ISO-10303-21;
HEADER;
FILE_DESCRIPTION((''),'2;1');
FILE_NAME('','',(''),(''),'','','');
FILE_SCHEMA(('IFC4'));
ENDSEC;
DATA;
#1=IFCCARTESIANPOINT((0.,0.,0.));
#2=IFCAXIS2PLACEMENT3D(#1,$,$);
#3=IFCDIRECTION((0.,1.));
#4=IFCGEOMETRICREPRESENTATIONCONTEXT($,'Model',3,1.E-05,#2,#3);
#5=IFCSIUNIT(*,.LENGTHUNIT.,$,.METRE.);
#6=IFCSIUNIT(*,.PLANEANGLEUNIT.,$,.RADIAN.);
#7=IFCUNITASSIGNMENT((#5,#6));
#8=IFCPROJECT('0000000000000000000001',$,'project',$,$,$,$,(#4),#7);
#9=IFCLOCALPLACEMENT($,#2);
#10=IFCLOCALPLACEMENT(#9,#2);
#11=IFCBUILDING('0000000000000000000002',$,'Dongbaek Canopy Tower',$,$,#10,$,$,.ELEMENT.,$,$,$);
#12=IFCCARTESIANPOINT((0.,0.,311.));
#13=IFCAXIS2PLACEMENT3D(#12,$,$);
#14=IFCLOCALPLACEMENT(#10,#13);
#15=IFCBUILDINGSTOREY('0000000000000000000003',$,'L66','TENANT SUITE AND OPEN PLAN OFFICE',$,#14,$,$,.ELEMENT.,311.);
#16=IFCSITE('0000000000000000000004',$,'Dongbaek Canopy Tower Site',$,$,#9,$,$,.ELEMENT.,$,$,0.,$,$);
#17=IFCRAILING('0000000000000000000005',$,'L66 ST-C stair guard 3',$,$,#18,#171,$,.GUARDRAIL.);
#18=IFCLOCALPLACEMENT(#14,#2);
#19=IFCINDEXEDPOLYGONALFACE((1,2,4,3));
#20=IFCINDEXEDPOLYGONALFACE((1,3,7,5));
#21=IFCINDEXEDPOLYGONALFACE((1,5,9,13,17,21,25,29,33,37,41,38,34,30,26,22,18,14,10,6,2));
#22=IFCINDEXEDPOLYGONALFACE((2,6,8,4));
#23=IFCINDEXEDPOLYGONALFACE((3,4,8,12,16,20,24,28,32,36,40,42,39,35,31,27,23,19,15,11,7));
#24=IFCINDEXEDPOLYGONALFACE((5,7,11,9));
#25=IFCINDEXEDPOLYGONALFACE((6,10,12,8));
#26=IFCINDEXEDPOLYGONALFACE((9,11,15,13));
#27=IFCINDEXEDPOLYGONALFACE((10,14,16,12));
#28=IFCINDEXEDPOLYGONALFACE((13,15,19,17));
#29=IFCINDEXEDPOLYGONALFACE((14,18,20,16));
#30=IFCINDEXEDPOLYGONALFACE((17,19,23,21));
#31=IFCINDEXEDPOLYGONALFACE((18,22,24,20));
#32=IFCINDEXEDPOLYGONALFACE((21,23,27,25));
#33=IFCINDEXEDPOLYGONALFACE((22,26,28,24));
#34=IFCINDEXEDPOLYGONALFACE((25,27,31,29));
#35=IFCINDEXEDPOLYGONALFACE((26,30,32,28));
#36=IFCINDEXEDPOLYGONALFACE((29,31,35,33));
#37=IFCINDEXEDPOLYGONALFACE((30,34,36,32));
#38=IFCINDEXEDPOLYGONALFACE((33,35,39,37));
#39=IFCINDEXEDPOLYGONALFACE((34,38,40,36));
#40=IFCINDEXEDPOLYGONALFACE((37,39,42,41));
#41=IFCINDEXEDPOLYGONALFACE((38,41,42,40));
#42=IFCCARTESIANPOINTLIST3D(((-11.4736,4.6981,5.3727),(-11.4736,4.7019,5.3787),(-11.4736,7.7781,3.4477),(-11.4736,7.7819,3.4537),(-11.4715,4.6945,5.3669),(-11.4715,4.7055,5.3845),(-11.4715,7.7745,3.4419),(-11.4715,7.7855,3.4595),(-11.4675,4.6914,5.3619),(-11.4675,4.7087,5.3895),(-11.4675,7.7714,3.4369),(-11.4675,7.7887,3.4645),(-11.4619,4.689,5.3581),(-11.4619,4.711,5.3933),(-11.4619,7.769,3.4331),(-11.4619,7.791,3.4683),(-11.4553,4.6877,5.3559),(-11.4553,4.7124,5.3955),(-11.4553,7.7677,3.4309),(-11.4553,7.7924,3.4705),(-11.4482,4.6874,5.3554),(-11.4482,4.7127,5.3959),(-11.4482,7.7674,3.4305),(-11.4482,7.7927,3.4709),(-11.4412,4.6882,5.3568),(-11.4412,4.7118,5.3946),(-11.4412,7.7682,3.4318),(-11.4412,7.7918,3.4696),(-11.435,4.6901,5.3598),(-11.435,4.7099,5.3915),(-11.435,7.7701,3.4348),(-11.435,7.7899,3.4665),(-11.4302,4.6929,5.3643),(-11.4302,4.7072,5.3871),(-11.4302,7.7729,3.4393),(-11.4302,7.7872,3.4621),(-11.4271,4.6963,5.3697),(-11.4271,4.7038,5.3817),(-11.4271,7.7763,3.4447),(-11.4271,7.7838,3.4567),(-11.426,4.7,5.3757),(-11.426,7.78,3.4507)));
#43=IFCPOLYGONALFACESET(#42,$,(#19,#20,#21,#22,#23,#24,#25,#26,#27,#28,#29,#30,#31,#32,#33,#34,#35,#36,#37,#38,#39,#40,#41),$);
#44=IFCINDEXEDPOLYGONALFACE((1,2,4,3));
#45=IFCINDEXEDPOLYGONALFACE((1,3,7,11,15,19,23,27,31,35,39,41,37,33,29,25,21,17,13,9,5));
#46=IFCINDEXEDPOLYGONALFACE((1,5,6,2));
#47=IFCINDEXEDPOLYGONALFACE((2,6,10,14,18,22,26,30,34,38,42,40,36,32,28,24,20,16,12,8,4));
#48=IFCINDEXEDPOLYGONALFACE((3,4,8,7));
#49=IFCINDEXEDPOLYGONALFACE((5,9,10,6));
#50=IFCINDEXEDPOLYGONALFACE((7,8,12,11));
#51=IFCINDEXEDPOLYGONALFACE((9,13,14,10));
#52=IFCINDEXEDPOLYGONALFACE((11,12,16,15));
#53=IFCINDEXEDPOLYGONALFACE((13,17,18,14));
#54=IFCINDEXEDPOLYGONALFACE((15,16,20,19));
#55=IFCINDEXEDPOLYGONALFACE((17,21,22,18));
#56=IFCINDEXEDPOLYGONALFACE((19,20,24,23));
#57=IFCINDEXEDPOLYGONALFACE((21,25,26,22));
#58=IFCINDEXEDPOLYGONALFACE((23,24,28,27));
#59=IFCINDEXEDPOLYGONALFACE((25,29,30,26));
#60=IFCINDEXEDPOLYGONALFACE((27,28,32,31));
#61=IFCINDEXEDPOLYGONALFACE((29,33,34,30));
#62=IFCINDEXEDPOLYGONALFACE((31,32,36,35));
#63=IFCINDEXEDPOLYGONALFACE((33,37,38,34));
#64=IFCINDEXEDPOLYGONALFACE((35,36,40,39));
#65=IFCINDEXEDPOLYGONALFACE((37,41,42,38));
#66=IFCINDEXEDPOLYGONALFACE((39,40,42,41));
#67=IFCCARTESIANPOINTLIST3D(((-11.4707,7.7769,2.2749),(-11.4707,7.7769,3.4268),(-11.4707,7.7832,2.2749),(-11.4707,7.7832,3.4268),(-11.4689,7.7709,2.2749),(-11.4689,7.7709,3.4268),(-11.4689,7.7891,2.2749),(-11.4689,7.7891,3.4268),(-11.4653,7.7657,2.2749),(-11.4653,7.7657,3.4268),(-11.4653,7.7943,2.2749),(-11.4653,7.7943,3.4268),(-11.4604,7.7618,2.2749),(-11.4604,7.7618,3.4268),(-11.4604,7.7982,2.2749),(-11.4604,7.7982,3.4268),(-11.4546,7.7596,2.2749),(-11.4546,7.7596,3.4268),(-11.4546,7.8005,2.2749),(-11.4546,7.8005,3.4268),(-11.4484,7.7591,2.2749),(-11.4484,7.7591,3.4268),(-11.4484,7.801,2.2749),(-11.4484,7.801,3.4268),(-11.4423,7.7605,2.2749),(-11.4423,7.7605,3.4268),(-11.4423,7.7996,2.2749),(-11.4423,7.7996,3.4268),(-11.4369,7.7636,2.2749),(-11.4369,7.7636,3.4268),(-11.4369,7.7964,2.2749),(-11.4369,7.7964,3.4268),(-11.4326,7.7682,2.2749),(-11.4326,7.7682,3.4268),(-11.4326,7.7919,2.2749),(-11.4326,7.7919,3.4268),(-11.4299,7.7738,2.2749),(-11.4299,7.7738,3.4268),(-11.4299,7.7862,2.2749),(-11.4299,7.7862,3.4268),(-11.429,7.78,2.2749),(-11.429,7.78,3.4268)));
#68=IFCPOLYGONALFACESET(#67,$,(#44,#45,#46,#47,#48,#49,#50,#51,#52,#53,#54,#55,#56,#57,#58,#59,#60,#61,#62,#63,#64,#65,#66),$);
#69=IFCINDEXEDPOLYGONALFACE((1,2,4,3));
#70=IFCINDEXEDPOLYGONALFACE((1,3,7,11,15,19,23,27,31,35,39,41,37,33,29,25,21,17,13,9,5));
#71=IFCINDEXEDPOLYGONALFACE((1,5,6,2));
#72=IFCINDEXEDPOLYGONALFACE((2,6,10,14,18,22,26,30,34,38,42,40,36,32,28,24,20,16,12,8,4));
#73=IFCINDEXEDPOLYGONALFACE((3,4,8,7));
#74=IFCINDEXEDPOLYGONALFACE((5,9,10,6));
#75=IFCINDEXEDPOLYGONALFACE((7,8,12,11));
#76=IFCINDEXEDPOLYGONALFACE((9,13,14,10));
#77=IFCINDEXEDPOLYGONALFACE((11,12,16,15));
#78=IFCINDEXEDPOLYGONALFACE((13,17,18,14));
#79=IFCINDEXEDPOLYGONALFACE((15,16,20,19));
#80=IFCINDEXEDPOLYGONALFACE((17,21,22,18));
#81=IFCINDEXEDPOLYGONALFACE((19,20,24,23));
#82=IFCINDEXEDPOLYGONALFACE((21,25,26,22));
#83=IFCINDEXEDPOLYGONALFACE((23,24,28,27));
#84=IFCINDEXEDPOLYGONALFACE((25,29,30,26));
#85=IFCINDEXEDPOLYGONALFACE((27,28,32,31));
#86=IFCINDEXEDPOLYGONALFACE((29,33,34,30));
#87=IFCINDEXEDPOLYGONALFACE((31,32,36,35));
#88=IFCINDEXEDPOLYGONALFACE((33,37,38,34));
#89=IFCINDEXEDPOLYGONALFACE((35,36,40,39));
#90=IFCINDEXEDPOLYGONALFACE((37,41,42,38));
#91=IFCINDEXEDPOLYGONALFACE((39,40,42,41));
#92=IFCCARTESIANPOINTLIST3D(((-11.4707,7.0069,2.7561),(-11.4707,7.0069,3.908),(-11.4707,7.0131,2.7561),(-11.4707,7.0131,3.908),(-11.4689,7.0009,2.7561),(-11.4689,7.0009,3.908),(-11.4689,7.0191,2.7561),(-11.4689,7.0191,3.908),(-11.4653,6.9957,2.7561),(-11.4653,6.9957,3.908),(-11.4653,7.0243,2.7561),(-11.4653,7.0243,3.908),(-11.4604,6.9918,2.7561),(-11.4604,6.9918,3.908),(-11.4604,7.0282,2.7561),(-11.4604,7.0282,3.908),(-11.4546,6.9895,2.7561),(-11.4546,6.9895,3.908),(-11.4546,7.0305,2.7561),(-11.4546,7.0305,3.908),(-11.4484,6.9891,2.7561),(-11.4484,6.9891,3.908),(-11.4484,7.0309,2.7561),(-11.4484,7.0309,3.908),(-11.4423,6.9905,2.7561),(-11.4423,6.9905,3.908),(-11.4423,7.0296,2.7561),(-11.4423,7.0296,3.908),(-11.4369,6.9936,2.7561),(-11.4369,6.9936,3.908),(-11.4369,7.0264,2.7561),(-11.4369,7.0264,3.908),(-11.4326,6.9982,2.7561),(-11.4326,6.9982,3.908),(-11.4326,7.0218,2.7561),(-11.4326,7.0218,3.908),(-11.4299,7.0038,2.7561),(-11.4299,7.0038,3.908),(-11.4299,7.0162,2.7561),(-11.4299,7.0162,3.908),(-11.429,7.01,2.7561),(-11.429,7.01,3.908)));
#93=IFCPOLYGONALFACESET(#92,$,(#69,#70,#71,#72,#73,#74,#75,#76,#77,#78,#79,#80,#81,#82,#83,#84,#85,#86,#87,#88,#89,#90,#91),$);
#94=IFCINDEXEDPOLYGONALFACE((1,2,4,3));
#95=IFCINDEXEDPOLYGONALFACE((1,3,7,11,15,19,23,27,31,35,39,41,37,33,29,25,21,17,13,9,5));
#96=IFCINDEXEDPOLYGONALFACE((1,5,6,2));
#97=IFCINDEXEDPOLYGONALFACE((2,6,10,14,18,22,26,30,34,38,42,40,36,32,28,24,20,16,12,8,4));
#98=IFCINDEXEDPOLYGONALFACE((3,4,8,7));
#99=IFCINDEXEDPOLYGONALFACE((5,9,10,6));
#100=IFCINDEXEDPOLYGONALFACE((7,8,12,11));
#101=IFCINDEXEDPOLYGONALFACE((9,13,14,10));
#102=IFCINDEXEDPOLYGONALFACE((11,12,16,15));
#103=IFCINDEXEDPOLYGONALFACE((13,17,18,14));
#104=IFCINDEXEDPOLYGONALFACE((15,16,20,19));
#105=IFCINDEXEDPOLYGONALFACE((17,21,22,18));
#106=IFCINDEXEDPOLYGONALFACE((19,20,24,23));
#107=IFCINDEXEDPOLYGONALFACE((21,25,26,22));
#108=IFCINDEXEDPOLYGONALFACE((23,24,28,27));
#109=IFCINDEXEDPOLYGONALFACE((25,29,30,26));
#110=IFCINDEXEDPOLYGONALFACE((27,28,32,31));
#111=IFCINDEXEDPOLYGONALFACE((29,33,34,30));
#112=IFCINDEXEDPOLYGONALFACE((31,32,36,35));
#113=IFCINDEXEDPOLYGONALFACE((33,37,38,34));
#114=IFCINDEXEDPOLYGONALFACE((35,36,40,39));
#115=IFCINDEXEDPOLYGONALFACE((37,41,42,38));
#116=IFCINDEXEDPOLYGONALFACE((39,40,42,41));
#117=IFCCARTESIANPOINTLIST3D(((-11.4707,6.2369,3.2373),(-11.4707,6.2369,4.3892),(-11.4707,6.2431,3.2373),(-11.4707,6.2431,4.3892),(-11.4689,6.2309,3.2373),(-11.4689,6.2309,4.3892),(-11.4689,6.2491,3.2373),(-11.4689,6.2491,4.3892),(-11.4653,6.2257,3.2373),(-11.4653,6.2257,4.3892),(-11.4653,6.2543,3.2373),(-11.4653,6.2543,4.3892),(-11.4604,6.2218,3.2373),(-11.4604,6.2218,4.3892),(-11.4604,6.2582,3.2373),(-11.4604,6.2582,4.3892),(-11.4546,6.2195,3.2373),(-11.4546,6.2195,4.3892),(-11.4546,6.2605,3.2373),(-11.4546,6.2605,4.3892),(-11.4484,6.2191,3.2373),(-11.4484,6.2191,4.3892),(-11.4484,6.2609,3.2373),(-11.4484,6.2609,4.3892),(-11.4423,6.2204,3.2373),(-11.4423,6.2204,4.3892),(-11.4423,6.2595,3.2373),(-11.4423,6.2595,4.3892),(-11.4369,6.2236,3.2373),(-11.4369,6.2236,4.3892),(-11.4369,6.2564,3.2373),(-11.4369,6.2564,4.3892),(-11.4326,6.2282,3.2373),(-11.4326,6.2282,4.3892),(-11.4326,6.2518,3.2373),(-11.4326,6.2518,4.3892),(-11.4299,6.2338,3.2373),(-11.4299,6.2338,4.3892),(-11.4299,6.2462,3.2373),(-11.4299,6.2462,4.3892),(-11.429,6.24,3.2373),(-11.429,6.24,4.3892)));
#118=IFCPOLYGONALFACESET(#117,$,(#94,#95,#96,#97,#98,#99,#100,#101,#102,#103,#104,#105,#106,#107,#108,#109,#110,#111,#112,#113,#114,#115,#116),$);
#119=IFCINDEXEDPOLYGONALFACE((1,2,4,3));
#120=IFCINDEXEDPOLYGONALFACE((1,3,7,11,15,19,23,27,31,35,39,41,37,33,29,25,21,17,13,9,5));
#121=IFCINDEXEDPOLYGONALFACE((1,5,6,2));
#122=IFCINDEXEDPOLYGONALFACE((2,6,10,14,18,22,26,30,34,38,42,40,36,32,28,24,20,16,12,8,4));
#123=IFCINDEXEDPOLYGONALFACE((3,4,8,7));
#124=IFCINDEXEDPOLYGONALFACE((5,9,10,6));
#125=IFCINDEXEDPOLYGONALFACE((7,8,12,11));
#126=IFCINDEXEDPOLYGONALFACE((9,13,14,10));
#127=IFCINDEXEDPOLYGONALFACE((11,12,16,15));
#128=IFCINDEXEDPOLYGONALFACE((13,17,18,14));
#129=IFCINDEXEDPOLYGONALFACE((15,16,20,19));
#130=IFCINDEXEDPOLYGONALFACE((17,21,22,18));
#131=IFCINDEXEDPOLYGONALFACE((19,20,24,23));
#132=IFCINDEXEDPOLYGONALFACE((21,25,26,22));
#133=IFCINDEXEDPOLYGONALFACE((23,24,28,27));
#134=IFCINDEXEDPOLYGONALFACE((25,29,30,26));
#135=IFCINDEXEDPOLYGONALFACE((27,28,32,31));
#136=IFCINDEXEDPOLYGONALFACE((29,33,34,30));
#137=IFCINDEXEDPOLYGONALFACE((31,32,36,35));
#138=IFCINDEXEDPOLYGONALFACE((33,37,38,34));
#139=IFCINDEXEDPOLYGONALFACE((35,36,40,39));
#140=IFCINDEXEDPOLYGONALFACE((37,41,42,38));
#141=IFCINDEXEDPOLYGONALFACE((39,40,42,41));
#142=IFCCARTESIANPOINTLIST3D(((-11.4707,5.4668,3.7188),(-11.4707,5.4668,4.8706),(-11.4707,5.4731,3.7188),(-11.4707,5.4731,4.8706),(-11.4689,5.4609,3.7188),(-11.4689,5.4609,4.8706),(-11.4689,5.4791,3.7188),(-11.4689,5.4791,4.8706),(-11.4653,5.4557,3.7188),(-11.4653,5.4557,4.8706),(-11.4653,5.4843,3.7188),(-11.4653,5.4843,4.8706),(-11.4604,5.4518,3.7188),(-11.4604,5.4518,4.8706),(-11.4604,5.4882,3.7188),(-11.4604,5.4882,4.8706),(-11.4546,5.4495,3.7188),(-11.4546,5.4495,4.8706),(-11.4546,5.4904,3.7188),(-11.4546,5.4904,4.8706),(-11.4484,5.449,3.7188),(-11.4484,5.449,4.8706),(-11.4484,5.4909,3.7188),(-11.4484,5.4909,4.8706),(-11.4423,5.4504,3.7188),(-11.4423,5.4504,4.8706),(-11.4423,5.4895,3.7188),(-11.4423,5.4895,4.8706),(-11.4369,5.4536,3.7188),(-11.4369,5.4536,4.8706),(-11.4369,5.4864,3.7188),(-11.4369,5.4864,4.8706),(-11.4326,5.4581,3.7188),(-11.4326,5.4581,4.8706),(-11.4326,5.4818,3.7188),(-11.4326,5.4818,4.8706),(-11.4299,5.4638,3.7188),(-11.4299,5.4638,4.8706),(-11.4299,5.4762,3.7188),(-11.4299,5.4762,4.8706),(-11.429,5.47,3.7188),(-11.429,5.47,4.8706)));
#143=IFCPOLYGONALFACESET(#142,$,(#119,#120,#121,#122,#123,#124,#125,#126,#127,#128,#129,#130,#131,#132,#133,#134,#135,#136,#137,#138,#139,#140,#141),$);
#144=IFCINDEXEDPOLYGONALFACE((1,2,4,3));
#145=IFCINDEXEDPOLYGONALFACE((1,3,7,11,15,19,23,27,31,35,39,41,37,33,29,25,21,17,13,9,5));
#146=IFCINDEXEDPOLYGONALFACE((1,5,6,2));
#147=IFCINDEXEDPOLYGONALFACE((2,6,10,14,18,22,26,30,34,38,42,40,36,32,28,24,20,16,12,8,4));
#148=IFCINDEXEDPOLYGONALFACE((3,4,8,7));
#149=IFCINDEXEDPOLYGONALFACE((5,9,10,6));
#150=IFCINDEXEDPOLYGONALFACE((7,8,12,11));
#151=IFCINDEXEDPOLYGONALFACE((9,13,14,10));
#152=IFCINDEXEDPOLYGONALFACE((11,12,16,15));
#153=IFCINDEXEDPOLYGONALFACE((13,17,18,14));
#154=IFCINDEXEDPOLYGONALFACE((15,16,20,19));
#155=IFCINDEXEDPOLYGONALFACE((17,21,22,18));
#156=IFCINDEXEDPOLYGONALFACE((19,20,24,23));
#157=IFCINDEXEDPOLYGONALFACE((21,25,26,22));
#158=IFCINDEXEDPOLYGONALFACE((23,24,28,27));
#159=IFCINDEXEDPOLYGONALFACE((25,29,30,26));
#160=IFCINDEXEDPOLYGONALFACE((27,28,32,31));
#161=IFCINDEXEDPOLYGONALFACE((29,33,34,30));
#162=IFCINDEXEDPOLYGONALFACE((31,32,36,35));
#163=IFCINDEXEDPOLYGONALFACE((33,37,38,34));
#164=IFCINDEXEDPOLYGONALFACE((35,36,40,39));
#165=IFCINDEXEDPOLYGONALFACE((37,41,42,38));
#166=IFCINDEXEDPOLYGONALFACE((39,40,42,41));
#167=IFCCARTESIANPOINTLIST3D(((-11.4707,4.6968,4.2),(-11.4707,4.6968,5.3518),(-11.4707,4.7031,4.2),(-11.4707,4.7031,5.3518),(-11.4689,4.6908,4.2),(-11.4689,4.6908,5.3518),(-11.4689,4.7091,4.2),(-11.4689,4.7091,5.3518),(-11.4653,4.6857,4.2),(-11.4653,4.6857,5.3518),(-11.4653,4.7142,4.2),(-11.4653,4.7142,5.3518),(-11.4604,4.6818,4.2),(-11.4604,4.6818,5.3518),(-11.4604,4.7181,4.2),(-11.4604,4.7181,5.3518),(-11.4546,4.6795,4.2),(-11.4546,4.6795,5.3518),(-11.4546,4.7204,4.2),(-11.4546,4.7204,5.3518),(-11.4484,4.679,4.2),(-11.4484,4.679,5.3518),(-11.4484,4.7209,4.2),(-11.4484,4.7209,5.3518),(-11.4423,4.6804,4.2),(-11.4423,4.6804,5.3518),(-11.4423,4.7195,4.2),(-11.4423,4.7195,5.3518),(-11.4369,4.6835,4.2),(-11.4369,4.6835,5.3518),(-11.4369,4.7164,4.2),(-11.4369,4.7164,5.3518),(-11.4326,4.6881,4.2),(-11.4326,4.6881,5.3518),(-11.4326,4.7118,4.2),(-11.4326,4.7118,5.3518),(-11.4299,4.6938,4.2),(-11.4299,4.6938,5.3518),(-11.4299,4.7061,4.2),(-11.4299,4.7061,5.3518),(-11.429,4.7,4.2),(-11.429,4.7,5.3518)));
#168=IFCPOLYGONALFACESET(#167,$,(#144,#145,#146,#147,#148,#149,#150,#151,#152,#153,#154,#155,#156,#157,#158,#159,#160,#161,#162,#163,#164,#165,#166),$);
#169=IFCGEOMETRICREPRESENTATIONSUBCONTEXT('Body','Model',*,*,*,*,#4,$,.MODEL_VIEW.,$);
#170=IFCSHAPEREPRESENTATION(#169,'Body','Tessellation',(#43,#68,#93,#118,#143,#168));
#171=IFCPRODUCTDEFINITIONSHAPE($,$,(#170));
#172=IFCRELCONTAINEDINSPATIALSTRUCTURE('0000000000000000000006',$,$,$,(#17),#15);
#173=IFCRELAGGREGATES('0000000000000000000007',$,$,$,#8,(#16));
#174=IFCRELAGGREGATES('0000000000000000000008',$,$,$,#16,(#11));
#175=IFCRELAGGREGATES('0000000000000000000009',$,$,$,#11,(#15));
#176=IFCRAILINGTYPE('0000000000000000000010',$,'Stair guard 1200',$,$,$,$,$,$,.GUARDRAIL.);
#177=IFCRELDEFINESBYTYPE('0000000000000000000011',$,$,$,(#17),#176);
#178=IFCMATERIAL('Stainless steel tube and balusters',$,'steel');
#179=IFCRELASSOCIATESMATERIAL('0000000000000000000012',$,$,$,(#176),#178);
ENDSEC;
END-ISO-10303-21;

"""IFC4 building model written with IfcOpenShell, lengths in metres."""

from ifc_helpers import new_model, si_unit, direction, frame, origin, origin_2d, place, context, subcontext, project, spatial, circle, extrude, material, type_object, element, save


model = new_model("IFC4")

# Units and contexts
model_context = context("Model", 3, precision=1e-05, world=origin(), true_north=direction((0.0, 1.0)))
body_context = subcontext(model_context, "Body", "Model", "MODEL_VIEW")
ifc_project = project(units=[si_unit("LENGTHUNIT", "METRE"), si_unit("PLANEANGLEUNIT", "RADIAN")], contexts=[model_context])

# Site, building, storey
site_placement = place(None, origin())
site = spatial("IfcSite", under=ifc_project, at=site_placement, Name="Dongbaek Canopy Tower Site", CompositionType="ELEMENT", RefElevation=0.0)
building_placement = place(site_placement, origin())
building = spatial("IfcBuilding", under=site, at=building_placement, Name="Dongbaek Canopy Tower", CompositionType="ELEMENT")
storey_placement = place(building_placement, frame((0.0, 0.0, 311.0)))
storey = spatial("IfcBuildingStorey", under=building, at=storey_placement, Name="L66", Description="TENANT SUITE AND OPEN PLAN OFFICE", CompositionType="ELEMENT", Elevation=311.0)

# Railing
ifc_material_1 = material(Name="Stainless steel tube and balusters", Category="steel")
railing_type_1 = type_object("IfcRailingType", Name="Stair guard 1200", PredefinedType="GUARDRAIL", material=ifc_material_1)
railing_1_placement = place(storey_placement, frame((-11.45, 7.78, 2.2749)))
element("IfcRailing", 1, at=railing_1_placement, inside=storey, type_object=railing_type_1, Name="L66 ST-C stair guard 3", PredefinedType="GUARDRAIL", context=body_context, shape_type="SweptSolid", body=[
    extrude(circle(Radius=0.0239, at=origin_2d()), frame((0.0, 0.0, 1.1758), z_axis=(0.0, -0.847998, 0.529999), x_axis=(1.0, 0.0, 0.0)), (0.0, 0.0, 1.0), 3.6321),
    extrude(circle(Radius=0.021, at=origin_2d()), origin(), (0.0, 0.0, 1.0), 1.1519),
    extrude(circle(Radius=0.021, at=origin_2d()), frame((0.0, -0.77, 0.4812)), (0.0, 0.0, 1.0), 1.1519),
    extrude(circle(Radius=0.021, at=origin_2d()), frame((0.0, -1.54, 0.9624)), (0.0, 0.0, 1.0), 1.1519),
    extrude(circle(Radius=0.021, at=origin_2d()), frame((0.0, -2.3101, 1.4438)), (0.0, 0.0, 1.0), 1.1519),
    extrude(circle(Radius=0.021, at=origin_2d()), frame((0.0, -3.0801, 1.925)), (0.0, 0.0, 1.0), 1.1519),
])

save(model, "model.ifc")
